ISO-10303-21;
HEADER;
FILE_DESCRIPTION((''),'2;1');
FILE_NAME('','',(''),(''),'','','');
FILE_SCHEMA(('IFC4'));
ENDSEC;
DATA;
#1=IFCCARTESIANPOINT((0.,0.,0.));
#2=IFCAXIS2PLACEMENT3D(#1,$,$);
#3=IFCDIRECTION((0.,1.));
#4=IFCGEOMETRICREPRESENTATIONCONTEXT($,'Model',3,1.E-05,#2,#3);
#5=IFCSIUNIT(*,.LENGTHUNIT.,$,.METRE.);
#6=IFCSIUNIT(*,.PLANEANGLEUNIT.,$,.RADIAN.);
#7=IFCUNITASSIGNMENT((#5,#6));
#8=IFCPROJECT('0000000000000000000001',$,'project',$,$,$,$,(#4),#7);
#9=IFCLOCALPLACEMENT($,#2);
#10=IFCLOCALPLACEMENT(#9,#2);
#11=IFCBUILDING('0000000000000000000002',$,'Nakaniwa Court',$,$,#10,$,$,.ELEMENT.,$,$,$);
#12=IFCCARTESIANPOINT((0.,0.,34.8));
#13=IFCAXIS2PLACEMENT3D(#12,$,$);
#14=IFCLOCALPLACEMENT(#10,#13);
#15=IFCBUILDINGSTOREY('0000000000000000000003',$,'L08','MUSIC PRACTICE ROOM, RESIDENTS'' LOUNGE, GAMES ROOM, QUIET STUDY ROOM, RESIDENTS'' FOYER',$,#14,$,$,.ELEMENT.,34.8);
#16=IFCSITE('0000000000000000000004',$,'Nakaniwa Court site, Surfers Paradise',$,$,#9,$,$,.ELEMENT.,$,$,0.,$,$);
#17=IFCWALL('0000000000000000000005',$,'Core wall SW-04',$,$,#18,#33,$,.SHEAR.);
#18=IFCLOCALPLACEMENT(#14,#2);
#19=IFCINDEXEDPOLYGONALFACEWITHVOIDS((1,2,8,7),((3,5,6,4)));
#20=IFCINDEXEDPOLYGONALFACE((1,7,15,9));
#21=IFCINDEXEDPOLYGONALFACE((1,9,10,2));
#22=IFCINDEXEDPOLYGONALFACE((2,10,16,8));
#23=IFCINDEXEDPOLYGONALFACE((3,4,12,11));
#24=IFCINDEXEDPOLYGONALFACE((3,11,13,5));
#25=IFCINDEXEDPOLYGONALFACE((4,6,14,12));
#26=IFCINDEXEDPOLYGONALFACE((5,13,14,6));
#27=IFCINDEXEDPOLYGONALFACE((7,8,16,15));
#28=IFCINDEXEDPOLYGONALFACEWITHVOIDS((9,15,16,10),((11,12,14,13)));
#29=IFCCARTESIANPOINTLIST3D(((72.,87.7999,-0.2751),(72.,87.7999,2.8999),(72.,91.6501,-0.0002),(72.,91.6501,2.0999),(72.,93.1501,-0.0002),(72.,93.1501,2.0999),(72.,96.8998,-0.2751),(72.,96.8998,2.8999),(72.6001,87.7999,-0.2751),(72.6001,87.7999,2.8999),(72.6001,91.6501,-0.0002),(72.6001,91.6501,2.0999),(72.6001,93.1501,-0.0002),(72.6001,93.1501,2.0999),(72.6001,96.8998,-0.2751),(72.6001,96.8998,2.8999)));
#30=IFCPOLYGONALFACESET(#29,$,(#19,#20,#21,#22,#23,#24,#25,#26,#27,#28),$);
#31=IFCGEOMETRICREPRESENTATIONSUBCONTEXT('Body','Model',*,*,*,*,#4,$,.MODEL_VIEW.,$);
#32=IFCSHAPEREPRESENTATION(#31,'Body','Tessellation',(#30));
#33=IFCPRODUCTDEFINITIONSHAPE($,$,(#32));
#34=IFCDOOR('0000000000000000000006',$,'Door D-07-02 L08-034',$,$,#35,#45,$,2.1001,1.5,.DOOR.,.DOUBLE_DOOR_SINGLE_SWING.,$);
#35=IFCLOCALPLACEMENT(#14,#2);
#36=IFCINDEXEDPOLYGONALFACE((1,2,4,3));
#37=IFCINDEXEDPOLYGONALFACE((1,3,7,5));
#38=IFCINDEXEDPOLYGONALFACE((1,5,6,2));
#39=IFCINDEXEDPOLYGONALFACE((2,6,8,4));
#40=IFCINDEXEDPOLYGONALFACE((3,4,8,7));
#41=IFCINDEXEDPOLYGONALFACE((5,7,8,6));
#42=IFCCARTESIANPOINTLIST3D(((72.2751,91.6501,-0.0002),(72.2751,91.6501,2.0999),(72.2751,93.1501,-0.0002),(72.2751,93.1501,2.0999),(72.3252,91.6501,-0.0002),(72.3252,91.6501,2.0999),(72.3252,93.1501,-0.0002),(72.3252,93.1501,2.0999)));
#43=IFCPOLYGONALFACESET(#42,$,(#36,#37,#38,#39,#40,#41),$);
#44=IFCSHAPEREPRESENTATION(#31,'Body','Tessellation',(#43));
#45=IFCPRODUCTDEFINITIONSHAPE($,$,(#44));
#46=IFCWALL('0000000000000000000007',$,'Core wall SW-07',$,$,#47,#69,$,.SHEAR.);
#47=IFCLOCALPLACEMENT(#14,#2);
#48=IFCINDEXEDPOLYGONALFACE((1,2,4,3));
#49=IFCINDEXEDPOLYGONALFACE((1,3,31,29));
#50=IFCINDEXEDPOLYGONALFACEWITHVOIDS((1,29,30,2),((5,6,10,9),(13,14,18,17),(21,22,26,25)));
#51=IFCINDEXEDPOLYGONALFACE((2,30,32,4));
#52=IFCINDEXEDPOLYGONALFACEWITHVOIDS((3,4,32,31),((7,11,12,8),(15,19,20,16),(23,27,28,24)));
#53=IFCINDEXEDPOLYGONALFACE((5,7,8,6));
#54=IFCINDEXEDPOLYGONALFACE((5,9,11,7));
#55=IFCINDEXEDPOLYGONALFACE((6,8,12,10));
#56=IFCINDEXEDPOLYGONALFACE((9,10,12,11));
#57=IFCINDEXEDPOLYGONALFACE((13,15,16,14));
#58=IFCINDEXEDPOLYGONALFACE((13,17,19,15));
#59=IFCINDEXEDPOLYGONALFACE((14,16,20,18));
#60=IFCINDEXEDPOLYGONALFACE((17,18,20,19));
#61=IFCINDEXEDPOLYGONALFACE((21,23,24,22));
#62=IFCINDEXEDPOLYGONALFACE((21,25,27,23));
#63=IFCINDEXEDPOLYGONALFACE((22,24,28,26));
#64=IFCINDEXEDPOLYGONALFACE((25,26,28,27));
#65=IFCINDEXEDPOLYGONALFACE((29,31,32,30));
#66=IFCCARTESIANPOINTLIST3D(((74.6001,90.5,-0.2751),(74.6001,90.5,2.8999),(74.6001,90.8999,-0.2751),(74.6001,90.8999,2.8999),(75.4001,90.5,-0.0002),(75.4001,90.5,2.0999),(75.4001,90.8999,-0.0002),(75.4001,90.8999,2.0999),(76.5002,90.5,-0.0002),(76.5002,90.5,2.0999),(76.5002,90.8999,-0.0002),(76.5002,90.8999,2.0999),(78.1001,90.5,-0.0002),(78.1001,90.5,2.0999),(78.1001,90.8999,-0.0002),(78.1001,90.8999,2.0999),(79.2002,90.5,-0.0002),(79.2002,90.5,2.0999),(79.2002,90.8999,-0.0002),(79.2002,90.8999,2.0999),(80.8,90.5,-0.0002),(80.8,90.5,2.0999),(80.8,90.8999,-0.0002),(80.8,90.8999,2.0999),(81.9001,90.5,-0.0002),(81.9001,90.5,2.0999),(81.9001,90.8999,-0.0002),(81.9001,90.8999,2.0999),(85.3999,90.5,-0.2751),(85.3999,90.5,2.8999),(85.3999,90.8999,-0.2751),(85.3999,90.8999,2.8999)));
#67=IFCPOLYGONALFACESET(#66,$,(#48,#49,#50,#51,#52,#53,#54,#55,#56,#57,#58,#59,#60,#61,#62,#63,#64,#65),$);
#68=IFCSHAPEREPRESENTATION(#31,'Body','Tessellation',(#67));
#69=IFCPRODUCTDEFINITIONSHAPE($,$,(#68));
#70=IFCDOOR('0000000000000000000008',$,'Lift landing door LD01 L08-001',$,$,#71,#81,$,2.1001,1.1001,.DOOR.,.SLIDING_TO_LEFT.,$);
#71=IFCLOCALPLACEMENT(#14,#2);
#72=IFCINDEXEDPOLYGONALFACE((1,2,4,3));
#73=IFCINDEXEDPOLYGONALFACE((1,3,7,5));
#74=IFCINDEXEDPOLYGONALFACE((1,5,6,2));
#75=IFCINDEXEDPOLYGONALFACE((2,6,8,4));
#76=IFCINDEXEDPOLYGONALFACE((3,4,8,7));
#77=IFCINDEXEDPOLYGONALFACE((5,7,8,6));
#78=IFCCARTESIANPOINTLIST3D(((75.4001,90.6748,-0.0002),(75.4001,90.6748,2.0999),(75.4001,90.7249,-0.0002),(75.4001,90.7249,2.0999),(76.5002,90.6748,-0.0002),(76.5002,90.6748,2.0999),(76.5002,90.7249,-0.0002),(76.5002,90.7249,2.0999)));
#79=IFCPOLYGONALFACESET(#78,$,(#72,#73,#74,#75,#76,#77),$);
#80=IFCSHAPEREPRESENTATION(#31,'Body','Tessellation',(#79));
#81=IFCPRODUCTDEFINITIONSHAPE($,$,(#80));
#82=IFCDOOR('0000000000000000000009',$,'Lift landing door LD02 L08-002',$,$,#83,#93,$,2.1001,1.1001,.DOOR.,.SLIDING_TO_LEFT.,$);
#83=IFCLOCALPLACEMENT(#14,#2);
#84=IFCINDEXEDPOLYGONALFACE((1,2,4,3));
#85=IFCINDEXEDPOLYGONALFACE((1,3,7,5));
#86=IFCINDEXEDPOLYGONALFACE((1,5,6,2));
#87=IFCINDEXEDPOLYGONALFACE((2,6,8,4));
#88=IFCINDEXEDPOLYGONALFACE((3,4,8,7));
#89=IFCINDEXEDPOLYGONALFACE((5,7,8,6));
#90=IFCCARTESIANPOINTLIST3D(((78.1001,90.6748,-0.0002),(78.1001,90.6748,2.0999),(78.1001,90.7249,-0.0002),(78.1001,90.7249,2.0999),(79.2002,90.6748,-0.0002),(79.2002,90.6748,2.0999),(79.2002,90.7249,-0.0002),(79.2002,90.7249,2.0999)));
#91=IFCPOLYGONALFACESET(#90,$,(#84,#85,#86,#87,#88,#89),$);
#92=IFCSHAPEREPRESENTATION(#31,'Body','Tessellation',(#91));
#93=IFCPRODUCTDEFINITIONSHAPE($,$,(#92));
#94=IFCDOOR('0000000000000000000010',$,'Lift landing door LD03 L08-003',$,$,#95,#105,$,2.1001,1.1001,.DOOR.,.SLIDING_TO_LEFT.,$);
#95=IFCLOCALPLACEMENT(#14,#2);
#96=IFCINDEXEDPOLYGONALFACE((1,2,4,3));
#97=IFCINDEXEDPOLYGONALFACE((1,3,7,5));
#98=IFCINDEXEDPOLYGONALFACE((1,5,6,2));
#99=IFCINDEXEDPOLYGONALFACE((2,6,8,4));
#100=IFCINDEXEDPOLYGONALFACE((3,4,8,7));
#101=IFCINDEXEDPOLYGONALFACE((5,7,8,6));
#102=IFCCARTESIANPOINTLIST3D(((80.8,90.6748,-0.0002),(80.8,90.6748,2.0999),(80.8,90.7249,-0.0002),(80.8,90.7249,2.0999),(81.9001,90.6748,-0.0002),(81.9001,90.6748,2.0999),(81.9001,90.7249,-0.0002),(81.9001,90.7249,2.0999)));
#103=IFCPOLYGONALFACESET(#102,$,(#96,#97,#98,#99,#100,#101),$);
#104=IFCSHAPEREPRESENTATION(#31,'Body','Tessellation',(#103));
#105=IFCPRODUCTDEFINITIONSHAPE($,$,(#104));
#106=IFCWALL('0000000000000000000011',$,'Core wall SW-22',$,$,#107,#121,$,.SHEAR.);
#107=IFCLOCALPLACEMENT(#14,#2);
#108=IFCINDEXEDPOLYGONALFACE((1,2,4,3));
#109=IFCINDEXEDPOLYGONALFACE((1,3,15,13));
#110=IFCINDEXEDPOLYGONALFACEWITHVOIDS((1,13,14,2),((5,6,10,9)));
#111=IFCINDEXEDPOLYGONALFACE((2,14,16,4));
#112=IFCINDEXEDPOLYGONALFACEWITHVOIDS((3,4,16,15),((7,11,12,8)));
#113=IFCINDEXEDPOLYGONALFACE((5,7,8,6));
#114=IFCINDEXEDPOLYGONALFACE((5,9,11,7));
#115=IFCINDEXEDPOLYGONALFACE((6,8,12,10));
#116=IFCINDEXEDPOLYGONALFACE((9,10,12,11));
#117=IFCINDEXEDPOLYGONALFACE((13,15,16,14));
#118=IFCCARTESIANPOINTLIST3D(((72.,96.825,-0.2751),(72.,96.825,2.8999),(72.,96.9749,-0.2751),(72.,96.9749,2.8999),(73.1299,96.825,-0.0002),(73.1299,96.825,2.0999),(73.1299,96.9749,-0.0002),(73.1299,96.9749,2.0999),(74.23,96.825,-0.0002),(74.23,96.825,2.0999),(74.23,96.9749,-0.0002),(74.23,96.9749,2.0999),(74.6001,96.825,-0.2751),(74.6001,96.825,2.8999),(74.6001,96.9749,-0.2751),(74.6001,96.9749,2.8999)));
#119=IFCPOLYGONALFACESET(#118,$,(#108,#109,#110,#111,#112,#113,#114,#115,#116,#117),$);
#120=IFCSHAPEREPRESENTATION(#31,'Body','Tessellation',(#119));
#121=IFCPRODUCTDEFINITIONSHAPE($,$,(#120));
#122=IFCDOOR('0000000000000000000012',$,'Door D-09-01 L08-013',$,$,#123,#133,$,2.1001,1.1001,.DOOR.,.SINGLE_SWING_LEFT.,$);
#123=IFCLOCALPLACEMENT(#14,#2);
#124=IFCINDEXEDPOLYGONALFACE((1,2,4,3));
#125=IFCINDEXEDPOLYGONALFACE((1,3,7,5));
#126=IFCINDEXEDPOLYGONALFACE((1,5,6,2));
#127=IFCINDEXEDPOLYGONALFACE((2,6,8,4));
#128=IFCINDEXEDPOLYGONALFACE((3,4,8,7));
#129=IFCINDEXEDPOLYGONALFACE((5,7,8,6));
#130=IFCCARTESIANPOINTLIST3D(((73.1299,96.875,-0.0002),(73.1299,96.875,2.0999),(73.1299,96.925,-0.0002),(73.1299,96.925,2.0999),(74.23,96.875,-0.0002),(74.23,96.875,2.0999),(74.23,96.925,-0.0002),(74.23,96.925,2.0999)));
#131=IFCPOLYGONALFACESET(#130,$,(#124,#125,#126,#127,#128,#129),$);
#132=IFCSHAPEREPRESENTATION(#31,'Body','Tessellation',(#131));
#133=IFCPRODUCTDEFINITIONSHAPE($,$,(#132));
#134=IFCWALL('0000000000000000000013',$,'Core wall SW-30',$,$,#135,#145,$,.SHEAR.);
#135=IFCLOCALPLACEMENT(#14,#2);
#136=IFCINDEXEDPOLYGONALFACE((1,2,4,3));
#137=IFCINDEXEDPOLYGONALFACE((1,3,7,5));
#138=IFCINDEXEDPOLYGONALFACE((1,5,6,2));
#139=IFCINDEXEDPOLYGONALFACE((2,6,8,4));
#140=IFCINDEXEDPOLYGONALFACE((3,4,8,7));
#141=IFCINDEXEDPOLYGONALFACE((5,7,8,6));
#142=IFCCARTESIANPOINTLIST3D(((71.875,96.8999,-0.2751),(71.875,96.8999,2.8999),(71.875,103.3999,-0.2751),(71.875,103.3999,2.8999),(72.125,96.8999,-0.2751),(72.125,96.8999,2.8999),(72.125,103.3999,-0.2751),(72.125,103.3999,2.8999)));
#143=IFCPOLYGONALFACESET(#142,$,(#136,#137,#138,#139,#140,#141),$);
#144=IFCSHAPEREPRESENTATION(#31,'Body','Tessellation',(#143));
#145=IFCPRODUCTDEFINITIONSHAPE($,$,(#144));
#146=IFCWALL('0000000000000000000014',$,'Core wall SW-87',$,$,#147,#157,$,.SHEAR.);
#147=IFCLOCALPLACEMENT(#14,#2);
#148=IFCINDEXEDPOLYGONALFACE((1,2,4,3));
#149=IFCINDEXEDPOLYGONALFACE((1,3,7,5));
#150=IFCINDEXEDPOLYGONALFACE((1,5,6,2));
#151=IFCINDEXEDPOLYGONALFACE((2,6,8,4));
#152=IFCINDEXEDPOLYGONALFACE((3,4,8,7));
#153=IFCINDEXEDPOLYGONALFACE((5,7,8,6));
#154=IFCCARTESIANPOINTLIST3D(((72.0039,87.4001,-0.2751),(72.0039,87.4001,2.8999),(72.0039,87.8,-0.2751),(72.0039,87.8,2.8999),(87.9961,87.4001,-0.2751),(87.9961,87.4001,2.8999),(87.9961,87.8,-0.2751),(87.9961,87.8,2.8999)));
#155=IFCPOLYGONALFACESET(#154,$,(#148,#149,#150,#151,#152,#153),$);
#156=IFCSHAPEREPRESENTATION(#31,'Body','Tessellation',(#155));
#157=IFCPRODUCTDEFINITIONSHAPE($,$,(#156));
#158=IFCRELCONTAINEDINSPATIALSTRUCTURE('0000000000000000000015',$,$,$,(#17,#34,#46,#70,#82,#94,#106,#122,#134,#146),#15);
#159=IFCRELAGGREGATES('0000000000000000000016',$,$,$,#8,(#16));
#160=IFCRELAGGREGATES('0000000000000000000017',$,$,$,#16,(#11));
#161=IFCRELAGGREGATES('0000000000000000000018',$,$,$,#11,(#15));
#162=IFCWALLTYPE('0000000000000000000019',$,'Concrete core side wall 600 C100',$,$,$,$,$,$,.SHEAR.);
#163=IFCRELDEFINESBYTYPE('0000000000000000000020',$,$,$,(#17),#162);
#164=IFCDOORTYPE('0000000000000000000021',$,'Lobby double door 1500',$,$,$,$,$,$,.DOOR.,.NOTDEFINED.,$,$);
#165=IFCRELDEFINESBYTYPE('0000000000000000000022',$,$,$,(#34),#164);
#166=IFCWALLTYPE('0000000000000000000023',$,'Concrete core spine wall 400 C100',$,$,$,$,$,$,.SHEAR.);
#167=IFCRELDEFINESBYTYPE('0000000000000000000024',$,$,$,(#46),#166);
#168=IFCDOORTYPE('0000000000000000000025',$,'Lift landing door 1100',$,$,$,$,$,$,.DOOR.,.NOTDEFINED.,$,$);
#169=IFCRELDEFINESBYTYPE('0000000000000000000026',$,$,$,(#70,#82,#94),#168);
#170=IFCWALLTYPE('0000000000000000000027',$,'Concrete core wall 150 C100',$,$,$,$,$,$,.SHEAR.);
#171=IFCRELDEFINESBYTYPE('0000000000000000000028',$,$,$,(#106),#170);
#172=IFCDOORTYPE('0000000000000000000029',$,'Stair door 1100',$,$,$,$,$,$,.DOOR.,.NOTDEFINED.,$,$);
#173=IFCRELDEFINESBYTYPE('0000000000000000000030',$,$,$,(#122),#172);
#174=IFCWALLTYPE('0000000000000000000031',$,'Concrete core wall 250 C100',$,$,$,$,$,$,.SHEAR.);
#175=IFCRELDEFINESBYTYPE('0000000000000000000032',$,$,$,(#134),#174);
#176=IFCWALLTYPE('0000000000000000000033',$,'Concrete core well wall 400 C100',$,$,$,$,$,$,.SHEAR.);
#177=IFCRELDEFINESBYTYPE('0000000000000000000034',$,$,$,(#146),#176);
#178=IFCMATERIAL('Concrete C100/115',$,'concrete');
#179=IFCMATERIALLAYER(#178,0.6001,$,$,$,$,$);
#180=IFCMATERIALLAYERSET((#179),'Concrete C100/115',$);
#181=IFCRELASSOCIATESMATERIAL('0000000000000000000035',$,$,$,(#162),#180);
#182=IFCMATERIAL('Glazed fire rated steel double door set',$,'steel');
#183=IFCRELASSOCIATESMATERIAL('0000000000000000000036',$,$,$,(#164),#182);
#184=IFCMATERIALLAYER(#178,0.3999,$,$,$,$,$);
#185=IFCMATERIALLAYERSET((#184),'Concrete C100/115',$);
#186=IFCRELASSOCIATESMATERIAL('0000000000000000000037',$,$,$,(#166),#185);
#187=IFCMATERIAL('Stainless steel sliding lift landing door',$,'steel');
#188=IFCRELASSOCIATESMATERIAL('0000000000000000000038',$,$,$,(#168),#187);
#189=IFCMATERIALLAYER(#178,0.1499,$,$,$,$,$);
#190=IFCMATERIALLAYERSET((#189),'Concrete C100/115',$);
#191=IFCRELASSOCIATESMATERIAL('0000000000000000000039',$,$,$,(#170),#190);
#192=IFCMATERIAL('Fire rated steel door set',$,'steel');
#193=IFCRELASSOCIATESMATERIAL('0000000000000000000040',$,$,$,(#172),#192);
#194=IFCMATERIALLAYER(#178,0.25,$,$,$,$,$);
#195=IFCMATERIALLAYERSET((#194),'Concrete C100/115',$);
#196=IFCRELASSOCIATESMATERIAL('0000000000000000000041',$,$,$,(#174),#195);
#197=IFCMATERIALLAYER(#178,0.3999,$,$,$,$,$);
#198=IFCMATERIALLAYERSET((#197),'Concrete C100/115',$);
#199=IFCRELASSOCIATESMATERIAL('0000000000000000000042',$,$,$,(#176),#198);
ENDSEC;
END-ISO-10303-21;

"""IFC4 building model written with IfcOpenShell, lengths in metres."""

from ifc_helpers import new_model, si_unit, direction, frame, frame_2d, origin, place, context, subcontext, project, spatial, rectangle, extrude, material, layer, layer_set, type_object, element, fill, save


model = new_model("IFC4")

# Units and contexts
model_context = context("Model", 3, precision=1e-05, world=origin(), true_north=direction((0.0, 1.0)))
body_context = subcontext(model_context, "Body", "Model", "MODEL_VIEW")
ifc_project = project(units=[si_unit("LENGTHUNIT", "METRE"), si_unit("PLANEANGLEUNIT", "RADIAN")], contexts=[model_context])

# Site, building, storey
site_placement = place(None, origin())
site = spatial("IfcSite", under=ifc_project, at=site_placement, Name="Nakaniwa Court site, Surfers Paradise", CompositionType="ELEMENT", RefElevation=0.0)
building_placement = place(site_placement, origin())
building = spatial("IfcBuilding", under=site, at=building_placement, Name="Nakaniwa Court", CompositionType="ELEMENT")
storey_placement = place(building_placement, frame((0.0, 0.0, 34.8)))
storey = spatial("IfcBuildingStorey", under=building, at=storey_placement, Name="L08", Description="MUSIC PRACTICE ROOM, RESIDENTS' LOUNGE, GAMES ROOM, QUIET STUDY ROOM, RESIDENTS' FOYER", CompositionType="ELEMENT", Elevation=34.8)

# Shared definitions
ifc_material_1 = material(Name="Concrete C100/115", Category="concrete")

# Shared definitions
ifc_material_2 = material(Name="Fire rated steel door set", Category="steel")

# Wall, opening, door
ifc_layer_1 = layer(ifc_material_1, 0.6001)
ifc_layer_set_1 = layer_set([ifc_layer_1], Name="Concrete C100/115")
wall_type_1 = type_object("IfcWallType", Name="Concrete core side wall 600 C100", PredefinedType="SHEAR", material=ifc_layer_set_1)
wall_1_placement = place(storey_placement, frame((72.3, 87.8, -0.2751), z_axis=(0.0, 0.0, 1.0), x_axis=(0.0, 1.0, 0.0)))
wall_1 = element("IfcWall", 1, at=wall_1_placement, inside=storey, type_object=wall_type_1, Name="Core wall SW-04", PredefinedType="SHEAR", context=body_context, shape_type="SweptSolid", body=[
    extrude(rectangle(XDim=9.0999, YDim=0.6001, at=frame_2d((4.5498, 0.0))), origin(), (0.0, 0.0, 1.0), 3.175),
])
opening_1_placement = place(wall_1_placement, frame((3.8501, 0.0, 0.2749)))
opening_1 = element("IfcOpeningElement", 2, at=opening_1_placement, cuts=wall_1, PredefinedType="OPENING", context=body_context, shape_type="SweptSolid", body=[
    extrude(rectangle(XDim=1.5, YDim=2.1001, at=frame_2d((0.75, 1.05))), frame((0.0, 0.3101, 0.0), z_axis=(0.0, -1.0, 0.0), x_axis=(1.0, 0.0, 0.0)), (0.0, 0.0, 1.0), 0.6201),
])
ifc_material_3 = material(Name="Glazed fire rated steel double door set", Category="steel")
door_type_1 = type_object("IfcDoorType", Name="Lobby double door 1500", OperationType="NOTDEFINED", PredefinedType="DOOR", material=ifc_material_3)
door_1_placement = place(opening_1_placement, origin())
door_1 = element("IfcDoor", 3, at=door_1_placement, inside=storey, type_object=door_type_1, Name="Door D-07-02 L08-034", OperationType="DOUBLE_DOOR_SINGLE_SWING", OverallHeight=2.1001, OverallWidth=1.5, PredefinedType="DOOR", context=body_context, shape_type="SweptSolid", body=[
    extrude(rectangle(XDim=1.5, YDim=2.1001, at=frame_2d((0.75, 1.05))), frame((0.0, 0.0249, 0.0), z_axis=(0.0, -1.0, 0.0), x_axis=(1.0, 0.0, 0.0)), (0.0, 0.0, 1.0), 0.05),
])
fill(opening_1, door_1)

# Wall, openings, doors
ifc_layer_2 = layer(ifc_material_1, 0.3999)
ifc_layer_set_2 = layer_set([ifc_layer_2], Name="Concrete C100/115")
wall_type_2 = type_object("IfcWallType", Name="Concrete core spine wall 400 C100", PredefinedType="SHEAR", material=ifc_layer_set_2)
wall_2_placement = place(storey_placement, frame((74.6001, 90.7, -0.2751), z_axis=(0.0, 0.0, 1.0), x_axis=(1.0, 0.0, 0.0)))
wall_2 = element("IfcWall", 4, at=wall_2_placement, inside=storey, type_object=wall_type_2, Name="Core wall SW-07", PredefinedType="SHEAR", context=body_context, shape_type="SweptSolid", body=[
    extrude(rectangle(XDim=10.7998, YDim=0.3999, at=frame_2d((5.3999, 0.0))), origin(), (0.0, 0.0, 1.0), 3.175),
])
opening_2_placement = place(wall_2_placement, frame((0.8, 0.0, 0.2749)))
opening_2 = element("IfcOpeningElement", 5, at=opening_2_placement, cuts=wall_2, PredefinedType="OPENING", context=body_context, shape_type="SweptSolid", body=[
    extrude(rectangle(XDim=1.1001, YDim=2.1001, at=frame_2d((0.55, 1.05))), frame((0.0, 0.21, 0.0), z_axis=(0.0, -1.0, 0.0), x_axis=(1.0, 0.0, 0.0)), (0.0, 0.0, 1.0), 0.4199),
])
opening_3_placement = place(wall_2_placement, frame((3.5, 0.0, 0.2749)))
opening_3 = element("IfcOpeningElement", 6, at=opening_3_placement, cuts=wall_2, PredefinedType="OPENING", context=body_context, shape_type="SweptSolid", body=[
    extrude(rectangle(XDim=1.1001, YDim=2.1001, at=frame_2d((0.55, 1.05))), frame((0.0, 0.21, 0.0), z_axis=(0.0, -1.0, 0.0), x_axis=(1.0, 0.0, 0.0)), (0.0, 0.0, 1.0), 0.4199),
])
opening_4_placement = place(wall_2_placement, frame((6.2, 0.0, 0.2749)))
opening_4 = element("IfcOpeningElement", 7, at=opening_4_placement, cuts=wall_2, PredefinedType="OPENING", context=body_context, shape_type="SweptSolid", body=[
    extrude(rectangle(XDim=1.1001, YDim=2.1001, at=frame_2d((0.55, 1.05))), frame((0.0, 0.21, 0.0), z_axis=(0.0, -1.0, 0.0), x_axis=(1.0, 0.0, 0.0)), (0.0, 0.0, 1.0), 0.4199),
])
ifc_material_4 = material(Name="Stainless steel sliding lift landing door", Category="steel")
door_type_2 = type_object("IfcDoorType", Name="Lift landing door 1100", OperationType="NOTDEFINED", PredefinedType="DOOR", material=ifc_material_4)
door_2_placement = place(opening_2_placement, origin())
door_2 = element("IfcDoor", 8, at=door_2_placement, inside=storey, type_object=door_type_2, Name="Lift landing door LD01 L08-001", OperationType="SLIDING_TO_LEFT", OverallHeight=2.1001, OverallWidth=1.1001, PredefinedType="DOOR", context=body_context, shape_type="SweptSolid", body=[
    extrude(rectangle(XDim=1.1001, YDim=2.1001, at=frame_2d((0.55, 1.05))), frame((0.0, 0.0249, 0.0), z_axis=(0.0, -1.0, 0.0), x_axis=(1.0, 0.0, 0.0)), (0.0, 0.0, 1.0), 0.05),
])
fill(opening_2, door_2)
door_3_placement = place(opening_3_placement, origin())
door_3 = element("IfcDoor", 9, at=door_3_placement, inside=storey, type_object=door_type_2, Name="Lift landing door LD02 L08-002", OperationType="SLIDING_TO_LEFT", OverallHeight=2.1001, OverallWidth=1.1001, PredefinedType="DOOR", context=body_context, shape_type="SweptSolid", body=[
    extrude(rectangle(XDim=1.1001, YDim=2.1001, at=frame_2d((0.55, 1.05))), frame((0.0, 0.0249, 0.0), z_axis=(0.0, -1.0, 0.0), x_axis=(1.0, 0.0, 0.0)), (0.0, 0.0, 1.0), 0.05),
])
fill(opening_3, door_3)
door_4_placement = place(opening_4_placement, origin())
door_4 = element("IfcDoor", 10, at=door_4_placement, inside=storey, type_object=door_type_2, Name="Lift landing door LD03 L08-003", OperationType="SLIDING_TO_LEFT", OverallHeight=2.1001, OverallWidth=1.1001, PredefinedType="DOOR", context=body_context, shape_type="SweptSolid", body=[
    extrude(rectangle(XDim=1.1001, YDim=2.1001, at=frame_2d((0.55, 1.05))), frame((0.0, 0.0249, 0.0), z_axis=(0.0, -1.0, 0.0), x_axis=(1.0, 0.0, 0.0)), (0.0, 0.0, 1.0), 0.05),
])
fill(opening_4, door_4)

# Wall, opening, door
ifc_layer_3 = layer(ifc_material_1, 0.1499)
ifc_layer_set_3 = layer_set([ifc_layer_3], Name="Concrete C100/115")
wall_type_3 = type_object("IfcWallType", Name="Concrete core wall 150 C100", PredefinedType="SHEAR", material=ifc_layer_set_3)
wall_3_placement = place(storey_placement, frame((74.6001, 96.8999, -0.2751), z_axis=(0.0, 0.0, 1.0), x_axis=(-1.0, 0.0, 0.0)))
wall_3 = element("IfcWall", 11, at=wall_3_placement, inside=storey, type_object=wall_type_3, Name="Core wall SW-22", PredefinedType="SHEAR", context=body_context, shape_type="SweptSolid", body=[
    extrude(rectangle(XDim=2.6001, YDim=0.1499, at=frame_2d((1.3, 0.0))), origin(), (0.0, 0.0, 1.0), 3.175),
])
opening_5_placement = place(wall_3_placement, frame((0.3701, 0.0, 0.2749)))
opening_5 = element("IfcOpeningElement", 12, at=opening_5_placement, cuts=wall_3, PredefinedType="OPENING", context=body_context, shape_type="SweptSolid", body=[
    extrude(rectangle(XDim=1.1001, YDim=2.1001, at=frame_2d((0.55, 1.05))), frame((0.0, 0.085, 0.0), z_axis=(0.0, -1.0, 0.0), x_axis=(1.0, 0.0, 0.0)), (0.0, 0.0, 1.0), 0.1699),
])
door_type_3 = type_object("IfcDoorType", Name="Stair door 1100", OperationType="NOTDEFINED", PredefinedType="DOOR", material=ifc_material_2)
door_5_placement = place(opening_5_placement, origin())
door_5 = element("IfcDoor", 13, at=door_5_placement, inside=storey, type_object=door_type_3, Name="Door D-09-01 L08-013", OperationType="SINGLE_SWING_LEFT", OverallHeight=2.1001, OverallWidth=1.1001, PredefinedType="DOOR", context=body_context, shape_type="SweptSolid", body=[
    extrude(rectangle(XDim=1.1001, YDim=2.1001, at=frame_2d((0.55, 1.05))), frame((0.0, 0.0249, 0.0), z_axis=(0.0, -1.0, 0.0), x_axis=(1.0, 0.0, 0.0)), (0.0, 0.0, 1.0), 0.05),
])
fill(opening_5, door_5)

# Walls
ifc_layer_4 = layer(ifc_material_1, 0.25)
ifc_layer_set_4 = layer_set([ifc_layer_4], Name="Concrete C100/115")
wall_type_4 = type_object("IfcWallType", Name="Concrete core wall 250 C100", PredefinedType="SHEAR", material=ifc_layer_set_4)
wall_4_placement = place(storey_placement, frame((72.0, 96.8999, -0.2751), z_axis=(0.0, 0.0, 1.0), x_axis=(0.0, 1.0, 0.0)))
element("IfcWall", 14, at=wall_4_placement, inside=storey, type_object=wall_type_4, Name="Core wall SW-30", PredefinedType="SHEAR", context=body_context, shape_type="SweptSolid", body=[
    extrude(rectangle(XDim=6.5, YDim=0.25, at=frame_2d((3.25, 0.0))), origin(), (0.0, 0.0, 1.0), 3.175),
])
ifc_layer_5 = layer(ifc_material_1, 0.3999)
ifc_layer_set_5 = layer_set([ifc_layer_5], Name="Concrete C100/115")
wall_type_5 = type_object("IfcWallType", Name="Concrete core well wall 400 C100", PredefinedType="SHEAR", material=ifc_layer_set_5)
wall_5_placement = place(storey_placement, frame((72.0039, 87.6001, -0.2751), z_axis=(0.0, 0.0, 1.0), x_axis=(1.0, 0.0, 0.0)))
element("IfcWall", 15, at=wall_5_placement, inside=storey, type_object=wall_type_5, Name="Core wall SW-87", PredefinedType="SHEAR", context=body_context, shape_type="SweptSolid", body=[
    extrude(rectangle(XDim=15.9922, YDim=0.3999, at=frame_2d((7.9961, 0.0))), origin(), (0.0, 0.0, 1.0), 3.175),
])

save(model, "model.ifc")
